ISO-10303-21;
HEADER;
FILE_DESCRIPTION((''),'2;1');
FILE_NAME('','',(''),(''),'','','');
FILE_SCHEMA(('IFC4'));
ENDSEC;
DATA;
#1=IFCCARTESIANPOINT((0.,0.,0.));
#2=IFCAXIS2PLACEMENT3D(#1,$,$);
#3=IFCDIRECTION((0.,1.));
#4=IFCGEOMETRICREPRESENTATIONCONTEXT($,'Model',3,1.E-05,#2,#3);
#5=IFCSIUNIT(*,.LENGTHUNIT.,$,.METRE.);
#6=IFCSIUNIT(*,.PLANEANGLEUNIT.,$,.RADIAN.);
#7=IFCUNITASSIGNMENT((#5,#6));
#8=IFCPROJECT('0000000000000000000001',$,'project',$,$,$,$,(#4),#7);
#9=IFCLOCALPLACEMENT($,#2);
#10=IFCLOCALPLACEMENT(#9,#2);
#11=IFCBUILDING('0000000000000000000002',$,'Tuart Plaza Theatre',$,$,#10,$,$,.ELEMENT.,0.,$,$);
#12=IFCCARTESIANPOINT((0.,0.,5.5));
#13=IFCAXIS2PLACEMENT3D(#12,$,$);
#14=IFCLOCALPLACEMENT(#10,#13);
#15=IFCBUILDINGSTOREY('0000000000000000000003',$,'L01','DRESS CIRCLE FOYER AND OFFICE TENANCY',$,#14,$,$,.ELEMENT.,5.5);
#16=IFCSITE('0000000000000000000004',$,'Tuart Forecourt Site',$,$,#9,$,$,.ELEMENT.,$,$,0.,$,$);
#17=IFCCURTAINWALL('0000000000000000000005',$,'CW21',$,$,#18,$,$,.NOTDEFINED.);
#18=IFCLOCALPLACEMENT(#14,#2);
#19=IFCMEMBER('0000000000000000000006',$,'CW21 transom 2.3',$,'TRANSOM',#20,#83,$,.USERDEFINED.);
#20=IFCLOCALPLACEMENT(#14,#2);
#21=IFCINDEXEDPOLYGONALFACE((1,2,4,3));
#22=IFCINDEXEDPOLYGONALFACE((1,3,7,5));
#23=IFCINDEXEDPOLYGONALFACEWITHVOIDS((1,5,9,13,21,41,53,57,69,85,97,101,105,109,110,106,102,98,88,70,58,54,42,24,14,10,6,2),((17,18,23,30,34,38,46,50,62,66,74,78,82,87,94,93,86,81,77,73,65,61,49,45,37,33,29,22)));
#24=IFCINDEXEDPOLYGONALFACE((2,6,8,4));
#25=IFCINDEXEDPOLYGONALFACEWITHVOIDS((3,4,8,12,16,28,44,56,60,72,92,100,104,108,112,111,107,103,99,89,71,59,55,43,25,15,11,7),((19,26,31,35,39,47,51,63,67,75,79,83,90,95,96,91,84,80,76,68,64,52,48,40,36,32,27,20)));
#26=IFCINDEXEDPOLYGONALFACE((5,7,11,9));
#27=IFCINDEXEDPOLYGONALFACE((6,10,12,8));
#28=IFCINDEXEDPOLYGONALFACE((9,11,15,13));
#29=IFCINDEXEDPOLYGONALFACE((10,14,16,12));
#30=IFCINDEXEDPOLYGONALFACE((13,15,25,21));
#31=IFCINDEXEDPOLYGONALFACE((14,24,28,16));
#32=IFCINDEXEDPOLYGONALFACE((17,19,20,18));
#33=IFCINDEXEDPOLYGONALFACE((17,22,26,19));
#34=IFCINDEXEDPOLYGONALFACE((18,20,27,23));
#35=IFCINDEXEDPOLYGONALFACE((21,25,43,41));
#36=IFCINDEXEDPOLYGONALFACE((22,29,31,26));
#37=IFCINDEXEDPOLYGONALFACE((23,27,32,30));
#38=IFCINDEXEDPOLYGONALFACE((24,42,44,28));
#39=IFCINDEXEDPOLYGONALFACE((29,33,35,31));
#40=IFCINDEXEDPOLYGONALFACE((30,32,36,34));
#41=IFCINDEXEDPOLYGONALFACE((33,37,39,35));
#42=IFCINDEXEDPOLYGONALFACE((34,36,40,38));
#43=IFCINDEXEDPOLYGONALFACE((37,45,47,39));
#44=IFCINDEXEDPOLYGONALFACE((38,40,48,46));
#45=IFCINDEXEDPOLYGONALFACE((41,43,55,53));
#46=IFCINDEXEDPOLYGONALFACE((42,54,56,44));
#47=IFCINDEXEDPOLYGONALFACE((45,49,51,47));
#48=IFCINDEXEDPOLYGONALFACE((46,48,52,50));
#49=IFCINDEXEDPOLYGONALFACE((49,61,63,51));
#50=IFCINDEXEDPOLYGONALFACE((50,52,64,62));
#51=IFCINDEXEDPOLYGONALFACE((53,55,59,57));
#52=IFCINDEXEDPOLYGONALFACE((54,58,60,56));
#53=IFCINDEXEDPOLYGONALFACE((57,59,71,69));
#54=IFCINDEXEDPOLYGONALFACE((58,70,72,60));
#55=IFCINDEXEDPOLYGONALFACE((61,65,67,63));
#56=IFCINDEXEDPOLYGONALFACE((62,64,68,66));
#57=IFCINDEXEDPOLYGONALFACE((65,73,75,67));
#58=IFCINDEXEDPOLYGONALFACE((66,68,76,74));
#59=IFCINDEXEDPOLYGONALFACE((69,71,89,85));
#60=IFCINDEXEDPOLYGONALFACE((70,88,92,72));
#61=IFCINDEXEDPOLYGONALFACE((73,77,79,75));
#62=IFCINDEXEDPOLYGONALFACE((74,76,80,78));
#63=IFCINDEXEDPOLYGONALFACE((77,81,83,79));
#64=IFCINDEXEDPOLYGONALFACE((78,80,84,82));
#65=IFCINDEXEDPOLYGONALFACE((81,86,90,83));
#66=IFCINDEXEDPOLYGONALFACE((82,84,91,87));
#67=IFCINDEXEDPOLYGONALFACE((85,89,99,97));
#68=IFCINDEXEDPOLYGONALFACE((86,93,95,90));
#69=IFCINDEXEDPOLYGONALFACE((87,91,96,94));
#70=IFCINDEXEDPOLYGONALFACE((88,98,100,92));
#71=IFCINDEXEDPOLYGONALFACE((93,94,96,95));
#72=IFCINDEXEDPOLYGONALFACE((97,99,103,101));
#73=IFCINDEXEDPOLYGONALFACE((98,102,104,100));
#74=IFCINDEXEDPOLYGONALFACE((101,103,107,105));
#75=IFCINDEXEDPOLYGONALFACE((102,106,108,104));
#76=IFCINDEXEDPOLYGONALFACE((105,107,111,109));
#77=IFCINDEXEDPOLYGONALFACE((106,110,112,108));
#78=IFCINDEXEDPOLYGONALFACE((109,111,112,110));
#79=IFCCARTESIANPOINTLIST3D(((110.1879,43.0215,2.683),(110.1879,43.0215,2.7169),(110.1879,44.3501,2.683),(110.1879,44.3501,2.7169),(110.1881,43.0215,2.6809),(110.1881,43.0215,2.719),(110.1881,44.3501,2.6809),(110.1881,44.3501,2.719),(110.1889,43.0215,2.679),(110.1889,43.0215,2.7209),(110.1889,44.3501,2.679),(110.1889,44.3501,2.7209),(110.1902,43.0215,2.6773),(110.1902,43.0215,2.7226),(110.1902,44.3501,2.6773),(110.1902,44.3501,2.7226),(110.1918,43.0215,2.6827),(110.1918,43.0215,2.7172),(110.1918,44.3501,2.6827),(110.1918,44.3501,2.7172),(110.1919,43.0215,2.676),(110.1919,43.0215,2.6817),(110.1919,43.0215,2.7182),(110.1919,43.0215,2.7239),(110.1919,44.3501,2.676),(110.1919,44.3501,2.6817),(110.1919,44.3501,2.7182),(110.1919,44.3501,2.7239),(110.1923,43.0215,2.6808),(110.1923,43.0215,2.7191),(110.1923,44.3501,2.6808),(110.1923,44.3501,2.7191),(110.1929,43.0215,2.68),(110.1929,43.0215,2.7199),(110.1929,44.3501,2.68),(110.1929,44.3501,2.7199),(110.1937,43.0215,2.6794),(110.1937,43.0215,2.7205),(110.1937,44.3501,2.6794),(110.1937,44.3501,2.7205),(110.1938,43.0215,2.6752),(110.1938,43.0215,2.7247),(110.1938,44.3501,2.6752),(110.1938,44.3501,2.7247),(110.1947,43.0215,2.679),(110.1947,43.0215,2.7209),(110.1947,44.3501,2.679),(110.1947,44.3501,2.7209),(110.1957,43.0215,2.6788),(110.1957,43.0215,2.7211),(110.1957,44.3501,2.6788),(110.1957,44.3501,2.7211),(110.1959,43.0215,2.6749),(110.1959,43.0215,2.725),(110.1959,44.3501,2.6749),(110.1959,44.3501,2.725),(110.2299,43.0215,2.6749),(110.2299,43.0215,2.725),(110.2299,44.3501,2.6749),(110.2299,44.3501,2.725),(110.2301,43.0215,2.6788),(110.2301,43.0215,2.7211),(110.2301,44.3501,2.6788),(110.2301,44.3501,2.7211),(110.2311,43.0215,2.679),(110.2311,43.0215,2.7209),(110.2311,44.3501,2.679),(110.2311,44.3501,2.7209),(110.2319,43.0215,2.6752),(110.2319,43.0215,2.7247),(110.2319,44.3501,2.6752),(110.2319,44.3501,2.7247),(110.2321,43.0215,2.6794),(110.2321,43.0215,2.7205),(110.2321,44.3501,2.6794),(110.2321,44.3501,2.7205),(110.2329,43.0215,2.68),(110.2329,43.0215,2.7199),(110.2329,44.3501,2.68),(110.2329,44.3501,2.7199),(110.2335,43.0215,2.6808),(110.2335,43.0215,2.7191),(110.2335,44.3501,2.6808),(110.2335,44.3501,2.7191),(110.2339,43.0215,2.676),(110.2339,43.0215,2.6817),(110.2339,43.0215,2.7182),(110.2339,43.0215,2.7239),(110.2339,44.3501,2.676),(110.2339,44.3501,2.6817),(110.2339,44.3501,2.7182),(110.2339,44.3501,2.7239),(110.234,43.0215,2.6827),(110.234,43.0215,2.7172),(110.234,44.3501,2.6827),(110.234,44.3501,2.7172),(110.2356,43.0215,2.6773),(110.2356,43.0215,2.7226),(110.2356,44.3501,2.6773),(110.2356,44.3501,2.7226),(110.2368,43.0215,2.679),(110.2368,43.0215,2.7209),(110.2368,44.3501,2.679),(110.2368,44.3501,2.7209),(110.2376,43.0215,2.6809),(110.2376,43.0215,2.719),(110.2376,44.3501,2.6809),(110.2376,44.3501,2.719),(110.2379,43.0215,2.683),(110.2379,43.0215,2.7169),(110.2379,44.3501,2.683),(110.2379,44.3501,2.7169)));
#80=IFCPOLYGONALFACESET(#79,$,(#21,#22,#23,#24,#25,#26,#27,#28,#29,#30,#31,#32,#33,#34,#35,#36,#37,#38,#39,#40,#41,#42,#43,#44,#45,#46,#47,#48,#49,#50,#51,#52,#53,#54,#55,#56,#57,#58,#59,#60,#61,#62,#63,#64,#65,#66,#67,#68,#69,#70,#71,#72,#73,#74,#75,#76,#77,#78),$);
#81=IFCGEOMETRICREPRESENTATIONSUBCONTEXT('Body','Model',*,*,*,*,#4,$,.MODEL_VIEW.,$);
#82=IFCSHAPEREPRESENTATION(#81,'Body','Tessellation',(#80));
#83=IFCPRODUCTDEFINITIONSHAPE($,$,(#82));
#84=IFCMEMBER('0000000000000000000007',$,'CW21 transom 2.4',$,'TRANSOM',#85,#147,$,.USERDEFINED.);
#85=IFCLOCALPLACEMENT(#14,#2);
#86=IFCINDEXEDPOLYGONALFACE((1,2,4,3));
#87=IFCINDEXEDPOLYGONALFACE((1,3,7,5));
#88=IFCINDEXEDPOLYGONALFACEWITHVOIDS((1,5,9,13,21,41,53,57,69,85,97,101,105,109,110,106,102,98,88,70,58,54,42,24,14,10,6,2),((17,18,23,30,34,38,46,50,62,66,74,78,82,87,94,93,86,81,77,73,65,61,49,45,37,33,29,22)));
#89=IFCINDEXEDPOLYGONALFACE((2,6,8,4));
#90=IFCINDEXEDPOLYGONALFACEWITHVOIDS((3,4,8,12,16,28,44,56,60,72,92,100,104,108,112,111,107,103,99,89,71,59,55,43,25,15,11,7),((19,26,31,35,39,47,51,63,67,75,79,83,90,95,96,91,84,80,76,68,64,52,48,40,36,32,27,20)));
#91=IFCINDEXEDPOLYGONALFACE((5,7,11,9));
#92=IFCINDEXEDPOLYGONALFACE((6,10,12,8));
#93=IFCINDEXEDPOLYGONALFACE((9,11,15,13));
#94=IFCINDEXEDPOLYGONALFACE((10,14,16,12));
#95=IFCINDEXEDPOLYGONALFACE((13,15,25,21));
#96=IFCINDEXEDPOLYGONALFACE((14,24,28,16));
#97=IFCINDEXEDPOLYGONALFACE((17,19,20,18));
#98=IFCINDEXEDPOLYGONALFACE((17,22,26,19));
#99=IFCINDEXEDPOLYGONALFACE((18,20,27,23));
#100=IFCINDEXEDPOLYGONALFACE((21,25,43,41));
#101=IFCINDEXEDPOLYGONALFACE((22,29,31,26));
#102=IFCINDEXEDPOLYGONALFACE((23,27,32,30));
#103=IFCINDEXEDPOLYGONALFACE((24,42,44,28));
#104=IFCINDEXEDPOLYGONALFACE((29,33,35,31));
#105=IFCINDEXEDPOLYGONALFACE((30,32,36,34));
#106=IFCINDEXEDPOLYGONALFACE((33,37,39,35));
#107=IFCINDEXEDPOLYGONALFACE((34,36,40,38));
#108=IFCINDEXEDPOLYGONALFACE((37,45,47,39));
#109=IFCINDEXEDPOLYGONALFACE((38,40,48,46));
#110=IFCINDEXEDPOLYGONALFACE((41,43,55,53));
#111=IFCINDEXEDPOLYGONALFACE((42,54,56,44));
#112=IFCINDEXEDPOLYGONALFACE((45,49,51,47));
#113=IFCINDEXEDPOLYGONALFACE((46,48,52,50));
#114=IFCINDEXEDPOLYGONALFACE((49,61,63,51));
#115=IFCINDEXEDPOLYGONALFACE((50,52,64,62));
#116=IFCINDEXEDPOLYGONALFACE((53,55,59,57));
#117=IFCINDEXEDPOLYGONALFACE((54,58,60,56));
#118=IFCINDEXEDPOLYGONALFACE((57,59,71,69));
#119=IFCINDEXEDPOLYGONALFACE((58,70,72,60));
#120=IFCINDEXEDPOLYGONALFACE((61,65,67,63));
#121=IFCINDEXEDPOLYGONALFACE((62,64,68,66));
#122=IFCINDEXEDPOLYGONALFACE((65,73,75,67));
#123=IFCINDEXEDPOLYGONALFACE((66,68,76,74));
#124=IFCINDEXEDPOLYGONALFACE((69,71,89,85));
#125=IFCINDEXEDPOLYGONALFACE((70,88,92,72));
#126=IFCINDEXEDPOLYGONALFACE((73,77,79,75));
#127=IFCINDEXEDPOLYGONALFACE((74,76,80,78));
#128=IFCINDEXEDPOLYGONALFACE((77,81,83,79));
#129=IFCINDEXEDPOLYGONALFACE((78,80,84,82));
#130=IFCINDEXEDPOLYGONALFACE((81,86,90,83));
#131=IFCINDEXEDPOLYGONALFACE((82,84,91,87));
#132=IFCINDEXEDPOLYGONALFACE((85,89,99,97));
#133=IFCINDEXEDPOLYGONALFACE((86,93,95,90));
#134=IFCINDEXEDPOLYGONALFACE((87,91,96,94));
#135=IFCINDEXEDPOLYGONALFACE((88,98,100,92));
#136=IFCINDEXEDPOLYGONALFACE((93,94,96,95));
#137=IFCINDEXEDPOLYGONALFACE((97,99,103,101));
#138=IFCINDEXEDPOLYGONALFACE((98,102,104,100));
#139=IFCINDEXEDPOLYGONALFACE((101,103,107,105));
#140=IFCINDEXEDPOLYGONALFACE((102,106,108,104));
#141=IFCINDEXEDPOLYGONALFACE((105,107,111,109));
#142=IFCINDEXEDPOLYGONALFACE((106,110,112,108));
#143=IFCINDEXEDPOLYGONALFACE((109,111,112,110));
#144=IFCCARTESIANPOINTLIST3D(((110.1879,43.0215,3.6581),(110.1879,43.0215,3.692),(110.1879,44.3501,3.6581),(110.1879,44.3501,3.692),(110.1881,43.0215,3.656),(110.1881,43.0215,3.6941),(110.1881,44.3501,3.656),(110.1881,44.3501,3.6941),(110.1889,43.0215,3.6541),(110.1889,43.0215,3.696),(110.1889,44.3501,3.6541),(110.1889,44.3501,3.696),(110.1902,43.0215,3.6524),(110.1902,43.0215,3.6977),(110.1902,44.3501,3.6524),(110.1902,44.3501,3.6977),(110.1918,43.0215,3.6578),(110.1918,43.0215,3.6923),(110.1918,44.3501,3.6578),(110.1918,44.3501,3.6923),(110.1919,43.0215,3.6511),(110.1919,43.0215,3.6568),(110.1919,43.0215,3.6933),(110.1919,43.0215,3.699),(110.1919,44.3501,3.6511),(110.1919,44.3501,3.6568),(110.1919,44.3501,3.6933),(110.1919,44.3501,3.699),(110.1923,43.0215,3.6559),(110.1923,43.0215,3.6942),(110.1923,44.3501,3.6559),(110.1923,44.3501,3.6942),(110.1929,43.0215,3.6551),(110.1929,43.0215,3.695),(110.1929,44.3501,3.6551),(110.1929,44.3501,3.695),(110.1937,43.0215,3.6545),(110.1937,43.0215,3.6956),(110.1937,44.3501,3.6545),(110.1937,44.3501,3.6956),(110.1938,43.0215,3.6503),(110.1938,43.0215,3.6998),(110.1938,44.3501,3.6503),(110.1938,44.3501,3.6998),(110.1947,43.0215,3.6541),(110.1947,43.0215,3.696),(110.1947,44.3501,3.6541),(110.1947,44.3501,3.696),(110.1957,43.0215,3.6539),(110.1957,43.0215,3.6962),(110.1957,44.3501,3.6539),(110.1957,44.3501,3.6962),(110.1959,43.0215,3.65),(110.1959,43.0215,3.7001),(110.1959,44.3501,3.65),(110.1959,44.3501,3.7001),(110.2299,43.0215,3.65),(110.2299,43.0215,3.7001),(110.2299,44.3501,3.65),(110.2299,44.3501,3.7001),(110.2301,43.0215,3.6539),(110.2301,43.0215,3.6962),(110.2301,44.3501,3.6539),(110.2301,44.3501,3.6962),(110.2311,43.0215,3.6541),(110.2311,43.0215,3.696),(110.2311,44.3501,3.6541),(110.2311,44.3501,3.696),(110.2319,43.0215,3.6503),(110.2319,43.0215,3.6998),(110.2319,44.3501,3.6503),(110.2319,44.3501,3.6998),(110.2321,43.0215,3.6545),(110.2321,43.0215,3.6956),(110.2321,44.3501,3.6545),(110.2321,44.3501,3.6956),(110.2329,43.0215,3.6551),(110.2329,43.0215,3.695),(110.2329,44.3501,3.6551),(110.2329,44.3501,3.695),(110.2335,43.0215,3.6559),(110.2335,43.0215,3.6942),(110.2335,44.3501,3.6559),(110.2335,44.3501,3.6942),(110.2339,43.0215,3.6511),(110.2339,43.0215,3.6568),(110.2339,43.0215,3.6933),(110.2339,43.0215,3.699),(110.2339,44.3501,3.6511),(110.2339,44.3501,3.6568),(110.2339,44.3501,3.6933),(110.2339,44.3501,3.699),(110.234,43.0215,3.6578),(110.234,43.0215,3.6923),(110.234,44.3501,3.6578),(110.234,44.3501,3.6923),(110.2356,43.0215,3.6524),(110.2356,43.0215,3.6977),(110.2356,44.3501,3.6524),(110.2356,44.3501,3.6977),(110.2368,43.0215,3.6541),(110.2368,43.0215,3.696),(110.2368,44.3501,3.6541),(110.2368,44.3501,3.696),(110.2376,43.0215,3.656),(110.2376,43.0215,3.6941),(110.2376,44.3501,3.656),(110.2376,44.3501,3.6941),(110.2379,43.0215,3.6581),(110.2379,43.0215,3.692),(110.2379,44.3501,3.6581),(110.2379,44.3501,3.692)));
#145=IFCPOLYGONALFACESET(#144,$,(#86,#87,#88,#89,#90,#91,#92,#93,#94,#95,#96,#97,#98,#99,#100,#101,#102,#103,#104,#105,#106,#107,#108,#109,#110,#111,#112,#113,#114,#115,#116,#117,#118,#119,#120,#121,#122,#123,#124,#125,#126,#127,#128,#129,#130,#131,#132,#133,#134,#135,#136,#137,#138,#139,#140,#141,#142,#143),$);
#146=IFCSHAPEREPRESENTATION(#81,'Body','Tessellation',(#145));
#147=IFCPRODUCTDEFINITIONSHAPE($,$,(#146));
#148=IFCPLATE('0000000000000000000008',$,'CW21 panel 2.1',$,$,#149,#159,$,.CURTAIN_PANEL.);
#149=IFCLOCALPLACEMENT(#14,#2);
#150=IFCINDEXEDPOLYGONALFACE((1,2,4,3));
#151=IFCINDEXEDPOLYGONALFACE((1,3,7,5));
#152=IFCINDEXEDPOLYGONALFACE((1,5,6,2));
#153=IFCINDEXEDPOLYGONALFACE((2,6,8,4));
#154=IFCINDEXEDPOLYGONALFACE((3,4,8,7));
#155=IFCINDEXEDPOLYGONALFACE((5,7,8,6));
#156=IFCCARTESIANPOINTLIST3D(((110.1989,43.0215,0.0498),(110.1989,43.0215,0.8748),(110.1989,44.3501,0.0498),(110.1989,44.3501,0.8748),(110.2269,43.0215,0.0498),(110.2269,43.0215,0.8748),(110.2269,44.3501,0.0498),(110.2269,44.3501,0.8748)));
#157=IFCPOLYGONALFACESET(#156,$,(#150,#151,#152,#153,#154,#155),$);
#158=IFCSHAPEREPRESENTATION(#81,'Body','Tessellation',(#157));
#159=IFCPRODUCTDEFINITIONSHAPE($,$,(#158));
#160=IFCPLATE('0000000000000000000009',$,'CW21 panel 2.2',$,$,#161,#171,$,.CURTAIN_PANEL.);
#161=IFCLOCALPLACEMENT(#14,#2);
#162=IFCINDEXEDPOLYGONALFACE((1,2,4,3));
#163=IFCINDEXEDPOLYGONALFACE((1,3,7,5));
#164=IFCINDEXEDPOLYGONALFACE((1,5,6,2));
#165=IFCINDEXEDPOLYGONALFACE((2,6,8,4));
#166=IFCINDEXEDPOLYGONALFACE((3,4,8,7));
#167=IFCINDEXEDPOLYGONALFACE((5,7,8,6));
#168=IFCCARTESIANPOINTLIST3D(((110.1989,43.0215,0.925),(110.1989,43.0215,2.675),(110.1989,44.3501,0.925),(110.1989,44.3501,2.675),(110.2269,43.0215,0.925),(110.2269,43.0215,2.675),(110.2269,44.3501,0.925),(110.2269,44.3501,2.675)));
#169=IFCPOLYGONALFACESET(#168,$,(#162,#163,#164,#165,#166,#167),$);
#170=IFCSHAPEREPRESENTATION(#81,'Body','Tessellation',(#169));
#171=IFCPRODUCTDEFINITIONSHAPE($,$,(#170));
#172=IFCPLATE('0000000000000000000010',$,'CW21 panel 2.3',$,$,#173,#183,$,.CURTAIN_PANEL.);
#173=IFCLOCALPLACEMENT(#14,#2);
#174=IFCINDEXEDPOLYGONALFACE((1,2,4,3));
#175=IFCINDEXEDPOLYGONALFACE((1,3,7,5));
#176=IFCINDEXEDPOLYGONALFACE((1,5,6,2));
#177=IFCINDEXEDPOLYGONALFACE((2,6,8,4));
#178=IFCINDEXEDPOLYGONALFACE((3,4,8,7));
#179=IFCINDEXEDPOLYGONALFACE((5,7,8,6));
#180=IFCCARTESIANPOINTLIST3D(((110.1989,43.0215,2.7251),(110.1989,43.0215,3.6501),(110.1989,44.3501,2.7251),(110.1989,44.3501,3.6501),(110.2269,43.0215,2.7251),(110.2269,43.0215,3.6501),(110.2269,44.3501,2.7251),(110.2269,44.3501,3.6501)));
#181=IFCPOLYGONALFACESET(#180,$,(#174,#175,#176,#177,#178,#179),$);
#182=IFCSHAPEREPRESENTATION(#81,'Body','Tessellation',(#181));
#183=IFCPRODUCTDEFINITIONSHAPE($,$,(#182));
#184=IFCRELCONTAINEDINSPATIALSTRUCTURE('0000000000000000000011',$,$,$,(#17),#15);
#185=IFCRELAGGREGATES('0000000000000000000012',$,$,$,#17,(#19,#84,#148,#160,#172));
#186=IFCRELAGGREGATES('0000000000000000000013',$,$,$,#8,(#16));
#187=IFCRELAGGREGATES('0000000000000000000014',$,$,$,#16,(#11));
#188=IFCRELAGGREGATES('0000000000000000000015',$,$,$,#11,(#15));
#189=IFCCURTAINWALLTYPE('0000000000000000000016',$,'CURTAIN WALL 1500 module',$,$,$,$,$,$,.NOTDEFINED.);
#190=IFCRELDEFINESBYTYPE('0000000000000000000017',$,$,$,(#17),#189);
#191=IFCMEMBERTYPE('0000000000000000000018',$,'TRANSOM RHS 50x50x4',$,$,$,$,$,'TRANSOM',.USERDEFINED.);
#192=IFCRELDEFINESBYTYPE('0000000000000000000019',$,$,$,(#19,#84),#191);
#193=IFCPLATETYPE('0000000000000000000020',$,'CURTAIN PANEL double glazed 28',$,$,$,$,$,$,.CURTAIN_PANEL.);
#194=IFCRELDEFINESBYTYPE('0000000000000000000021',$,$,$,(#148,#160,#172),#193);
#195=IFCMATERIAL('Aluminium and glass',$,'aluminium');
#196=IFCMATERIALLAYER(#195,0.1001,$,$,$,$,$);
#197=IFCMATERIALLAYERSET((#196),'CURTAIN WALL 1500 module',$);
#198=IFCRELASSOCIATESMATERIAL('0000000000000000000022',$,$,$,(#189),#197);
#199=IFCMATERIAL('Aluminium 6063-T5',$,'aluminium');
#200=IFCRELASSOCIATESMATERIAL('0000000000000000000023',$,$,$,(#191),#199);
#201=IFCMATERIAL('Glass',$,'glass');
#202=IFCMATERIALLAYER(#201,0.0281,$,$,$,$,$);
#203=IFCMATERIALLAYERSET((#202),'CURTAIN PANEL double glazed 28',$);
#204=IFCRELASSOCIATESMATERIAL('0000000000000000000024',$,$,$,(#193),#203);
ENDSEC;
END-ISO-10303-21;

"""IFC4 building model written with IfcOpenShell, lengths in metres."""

from ifc_helpers import new_model, si_unit, direction, frame, origin, origin_2d, place, context, subcontext, project, spatial, rectangle, hollow_rectangle, extrude, material, layer, layer_set, material_profile, profile_set, type_object, element, aggregate, save


model = new_model("IFC4")

# Units and contexts
model_context = context("Model", 3, precision=1e-05, world=origin(), true_north=direction((0.0, 1.0)))
body_context = subcontext(model_context, "Body", "Model", "MODEL_VIEW")
ifc_project = project(units=[si_unit("LENGTHUNIT", "METRE"), si_unit("PLANEANGLEUNIT", "RADIAN")], contexts=[model_context])

# Site, building, storey
site_placement = place(None, origin())
site = spatial("IfcSite", under=ifc_project, at=site_placement, Name="Tuart Forecourt Site", CompositionType="ELEMENT", RefElevation=0.0)
building_placement = place(site_placement, origin())
building = spatial("IfcBuilding", under=site, at=building_placement, Name="Tuart Plaza Theatre", CompositionType="ELEMENT", ElevationOfRefHeight=0.0)
storey_placement = place(building_placement, frame((0.0, 0.0, 5.5)))
storey = spatial("IfcBuildingStorey", under=building, at=storey_placement, Name="L01", Description="DRESS CIRCLE FOYER AND OFFICE TENANCY", CompositionType="ELEMENT", Elevation=5.5)

# Curtain wall, members, plates
ifc_material_1 = material(Name="Aluminium and glass", Category="aluminium")
ifc_layer_1 = layer(ifc_material_1, 0.1001)
ifc_layer_set_1 = layer_set([ifc_layer_1], Name="CURTAIN WALL 1500 module")
curtain_wall_type = type_object("IfcCurtainWallType", Name="CURTAIN WALL 1500 module", PredefinedType="NOTDEFINED", material=ifc_layer_set_1)
curtain_wall_placement = place(storey_placement, origin())
curtain_wall = element("IfcCurtainWall", 1, at=curtain_wall_placement, inside=storey, type_object=curtain_wall_type, Name="CW21", PredefinedType="NOTDEFINED")
ifc_material_2 = material(Name="Aluminium 6063-T5", Category="aluminium")
ifc_material_profile_1 = material_profile(ifc_material_2, hollow_rectangle(XDim=0.05, YDim=0.05, WallThickness=0.0039, InnerFilletRadius=0.0039, OuterFilletRadius=0.0081, at=origin_2d()), Name="RHS 50x50x4")
ifc_profile_set_1 = profile_set([ifc_material_profile_1], Name="Aluminium 6063-T5")
member_type_1 = type_object("IfcMemberType", Name="TRANSOM RHS 50x50x4", ElementType="TRANSOM", PredefinedType="USERDEFINED", material=ifc_profile_set_1)
member_1_placement = place(storey_placement, frame((110.2129, 43.0215, 2.7), z_axis=(0.0, 1.0, 0.0), x_axis=(-1.0, 0.0, 0.0)))
member_1 = element("IfcMember", 2, at=member_1_placement, type_object=member_type_1, Name="CW21 transom 2.3", ObjectType="TRANSOM", PredefinedType="USERDEFINED", context=body_context, shape_type="SweptSolid", body=[
    extrude(hollow_rectangle(XDim=0.05, YDim=0.05, WallThickness=0.0039, InnerFilletRadius=0.0039, OuterFilletRadius=0.0081, at=origin_2d()), origin(), (0.0, 0.0, 1.0), 1.3286),
])
member_2_placement = place(storey_placement, frame((110.2129, 43.0215, 3.675), z_axis=(0.0, 1.0, 0.0), x_axis=(-1.0, 0.0, 0.0)))
member_2 = element("IfcMember", 3, at=member_2_placement, type_object=member_type_1, Name="CW21 transom 2.4", ObjectType="TRANSOM", PredefinedType="USERDEFINED", context=body_context, shape_type="SweptSolid", body=[
    extrude(hollow_rectangle(XDim=0.05, YDim=0.05, WallThickness=0.0039, InnerFilletRadius=0.0039, OuterFilletRadius=0.0081, at=origin_2d()), origin(), (0.0, 0.0, 1.0), 1.3286),
])
ifc_material_3 = material(Name="Glass", Category="glass")
ifc_layer_2 = layer(ifc_material_3, 0.0281)
ifc_layer_set_2 = layer_set([ifc_layer_2], Name="CURTAIN PANEL double glazed 28")
plate_type = type_object("IfcPlateType", Name="CURTAIN PANEL double glazed 28", PredefinedType="CURTAIN_PANEL", material=ifc_layer_set_2)
plate_1_placement = place(storey_placement, frame((110.2129, 43.6858, 0.0498), z_axis=(0.0, 0.0, 1.0), x_axis=(0.0, 1.0, 0.0)))
plate_1 = element("IfcPlate", 4, at=plate_1_placement, type_object=plate_type, Name="CW21 panel 2.1", PredefinedType="CURTAIN_PANEL", context=body_context, shape_type="SweptSolid", body=[
    extrude(rectangle(XDim=1.3286, YDim=0.0281, at=origin_2d()), origin(), (0.0, 0.0, 1.0), 0.825),
])
plate_2_placement = place(storey_placement, frame((110.2129, 43.6858, 0.925), z_axis=(0.0, 0.0, 1.0), x_axis=(0.0, 1.0, 0.0)))
plate_2 = element("IfcPlate", 5, at=plate_2_placement, type_object=plate_type, Name="CW21 panel 2.2", PredefinedType="CURTAIN_PANEL", context=body_context, shape_type="SweptSolid", body=[
    extrude(rectangle(XDim=1.3286, YDim=0.0281, at=origin_2d()), origin(), (0.0, 0.0, 1.0), 1.75),
])
plate_3_placement = place(storey_placement, frame((110.2129, 43.6858, 2.7251), z_axis=(0.0, 0.0, 1.0), x_axis=(0.0, 1.0, 0.0)))
plate_3 = element("IfcPlate", 6, at=plate_3_placement, type_object=plate_type, Name="CW21 panel 2.3", PredefinedType="CURTAIN_PANEL", context=body_context, shape_type="SweptSolid", body=[
    extrude(rectangle(XDim=1.3286, YDim=0.0281, at=origin_2d()), origin(), (0.0, 0.0, 1.0), 0.925),
])
aggregate(curtain_wall, [member_1, member_2, plate_1, plate_2, plate_3])

save(model, "model.ifc")
